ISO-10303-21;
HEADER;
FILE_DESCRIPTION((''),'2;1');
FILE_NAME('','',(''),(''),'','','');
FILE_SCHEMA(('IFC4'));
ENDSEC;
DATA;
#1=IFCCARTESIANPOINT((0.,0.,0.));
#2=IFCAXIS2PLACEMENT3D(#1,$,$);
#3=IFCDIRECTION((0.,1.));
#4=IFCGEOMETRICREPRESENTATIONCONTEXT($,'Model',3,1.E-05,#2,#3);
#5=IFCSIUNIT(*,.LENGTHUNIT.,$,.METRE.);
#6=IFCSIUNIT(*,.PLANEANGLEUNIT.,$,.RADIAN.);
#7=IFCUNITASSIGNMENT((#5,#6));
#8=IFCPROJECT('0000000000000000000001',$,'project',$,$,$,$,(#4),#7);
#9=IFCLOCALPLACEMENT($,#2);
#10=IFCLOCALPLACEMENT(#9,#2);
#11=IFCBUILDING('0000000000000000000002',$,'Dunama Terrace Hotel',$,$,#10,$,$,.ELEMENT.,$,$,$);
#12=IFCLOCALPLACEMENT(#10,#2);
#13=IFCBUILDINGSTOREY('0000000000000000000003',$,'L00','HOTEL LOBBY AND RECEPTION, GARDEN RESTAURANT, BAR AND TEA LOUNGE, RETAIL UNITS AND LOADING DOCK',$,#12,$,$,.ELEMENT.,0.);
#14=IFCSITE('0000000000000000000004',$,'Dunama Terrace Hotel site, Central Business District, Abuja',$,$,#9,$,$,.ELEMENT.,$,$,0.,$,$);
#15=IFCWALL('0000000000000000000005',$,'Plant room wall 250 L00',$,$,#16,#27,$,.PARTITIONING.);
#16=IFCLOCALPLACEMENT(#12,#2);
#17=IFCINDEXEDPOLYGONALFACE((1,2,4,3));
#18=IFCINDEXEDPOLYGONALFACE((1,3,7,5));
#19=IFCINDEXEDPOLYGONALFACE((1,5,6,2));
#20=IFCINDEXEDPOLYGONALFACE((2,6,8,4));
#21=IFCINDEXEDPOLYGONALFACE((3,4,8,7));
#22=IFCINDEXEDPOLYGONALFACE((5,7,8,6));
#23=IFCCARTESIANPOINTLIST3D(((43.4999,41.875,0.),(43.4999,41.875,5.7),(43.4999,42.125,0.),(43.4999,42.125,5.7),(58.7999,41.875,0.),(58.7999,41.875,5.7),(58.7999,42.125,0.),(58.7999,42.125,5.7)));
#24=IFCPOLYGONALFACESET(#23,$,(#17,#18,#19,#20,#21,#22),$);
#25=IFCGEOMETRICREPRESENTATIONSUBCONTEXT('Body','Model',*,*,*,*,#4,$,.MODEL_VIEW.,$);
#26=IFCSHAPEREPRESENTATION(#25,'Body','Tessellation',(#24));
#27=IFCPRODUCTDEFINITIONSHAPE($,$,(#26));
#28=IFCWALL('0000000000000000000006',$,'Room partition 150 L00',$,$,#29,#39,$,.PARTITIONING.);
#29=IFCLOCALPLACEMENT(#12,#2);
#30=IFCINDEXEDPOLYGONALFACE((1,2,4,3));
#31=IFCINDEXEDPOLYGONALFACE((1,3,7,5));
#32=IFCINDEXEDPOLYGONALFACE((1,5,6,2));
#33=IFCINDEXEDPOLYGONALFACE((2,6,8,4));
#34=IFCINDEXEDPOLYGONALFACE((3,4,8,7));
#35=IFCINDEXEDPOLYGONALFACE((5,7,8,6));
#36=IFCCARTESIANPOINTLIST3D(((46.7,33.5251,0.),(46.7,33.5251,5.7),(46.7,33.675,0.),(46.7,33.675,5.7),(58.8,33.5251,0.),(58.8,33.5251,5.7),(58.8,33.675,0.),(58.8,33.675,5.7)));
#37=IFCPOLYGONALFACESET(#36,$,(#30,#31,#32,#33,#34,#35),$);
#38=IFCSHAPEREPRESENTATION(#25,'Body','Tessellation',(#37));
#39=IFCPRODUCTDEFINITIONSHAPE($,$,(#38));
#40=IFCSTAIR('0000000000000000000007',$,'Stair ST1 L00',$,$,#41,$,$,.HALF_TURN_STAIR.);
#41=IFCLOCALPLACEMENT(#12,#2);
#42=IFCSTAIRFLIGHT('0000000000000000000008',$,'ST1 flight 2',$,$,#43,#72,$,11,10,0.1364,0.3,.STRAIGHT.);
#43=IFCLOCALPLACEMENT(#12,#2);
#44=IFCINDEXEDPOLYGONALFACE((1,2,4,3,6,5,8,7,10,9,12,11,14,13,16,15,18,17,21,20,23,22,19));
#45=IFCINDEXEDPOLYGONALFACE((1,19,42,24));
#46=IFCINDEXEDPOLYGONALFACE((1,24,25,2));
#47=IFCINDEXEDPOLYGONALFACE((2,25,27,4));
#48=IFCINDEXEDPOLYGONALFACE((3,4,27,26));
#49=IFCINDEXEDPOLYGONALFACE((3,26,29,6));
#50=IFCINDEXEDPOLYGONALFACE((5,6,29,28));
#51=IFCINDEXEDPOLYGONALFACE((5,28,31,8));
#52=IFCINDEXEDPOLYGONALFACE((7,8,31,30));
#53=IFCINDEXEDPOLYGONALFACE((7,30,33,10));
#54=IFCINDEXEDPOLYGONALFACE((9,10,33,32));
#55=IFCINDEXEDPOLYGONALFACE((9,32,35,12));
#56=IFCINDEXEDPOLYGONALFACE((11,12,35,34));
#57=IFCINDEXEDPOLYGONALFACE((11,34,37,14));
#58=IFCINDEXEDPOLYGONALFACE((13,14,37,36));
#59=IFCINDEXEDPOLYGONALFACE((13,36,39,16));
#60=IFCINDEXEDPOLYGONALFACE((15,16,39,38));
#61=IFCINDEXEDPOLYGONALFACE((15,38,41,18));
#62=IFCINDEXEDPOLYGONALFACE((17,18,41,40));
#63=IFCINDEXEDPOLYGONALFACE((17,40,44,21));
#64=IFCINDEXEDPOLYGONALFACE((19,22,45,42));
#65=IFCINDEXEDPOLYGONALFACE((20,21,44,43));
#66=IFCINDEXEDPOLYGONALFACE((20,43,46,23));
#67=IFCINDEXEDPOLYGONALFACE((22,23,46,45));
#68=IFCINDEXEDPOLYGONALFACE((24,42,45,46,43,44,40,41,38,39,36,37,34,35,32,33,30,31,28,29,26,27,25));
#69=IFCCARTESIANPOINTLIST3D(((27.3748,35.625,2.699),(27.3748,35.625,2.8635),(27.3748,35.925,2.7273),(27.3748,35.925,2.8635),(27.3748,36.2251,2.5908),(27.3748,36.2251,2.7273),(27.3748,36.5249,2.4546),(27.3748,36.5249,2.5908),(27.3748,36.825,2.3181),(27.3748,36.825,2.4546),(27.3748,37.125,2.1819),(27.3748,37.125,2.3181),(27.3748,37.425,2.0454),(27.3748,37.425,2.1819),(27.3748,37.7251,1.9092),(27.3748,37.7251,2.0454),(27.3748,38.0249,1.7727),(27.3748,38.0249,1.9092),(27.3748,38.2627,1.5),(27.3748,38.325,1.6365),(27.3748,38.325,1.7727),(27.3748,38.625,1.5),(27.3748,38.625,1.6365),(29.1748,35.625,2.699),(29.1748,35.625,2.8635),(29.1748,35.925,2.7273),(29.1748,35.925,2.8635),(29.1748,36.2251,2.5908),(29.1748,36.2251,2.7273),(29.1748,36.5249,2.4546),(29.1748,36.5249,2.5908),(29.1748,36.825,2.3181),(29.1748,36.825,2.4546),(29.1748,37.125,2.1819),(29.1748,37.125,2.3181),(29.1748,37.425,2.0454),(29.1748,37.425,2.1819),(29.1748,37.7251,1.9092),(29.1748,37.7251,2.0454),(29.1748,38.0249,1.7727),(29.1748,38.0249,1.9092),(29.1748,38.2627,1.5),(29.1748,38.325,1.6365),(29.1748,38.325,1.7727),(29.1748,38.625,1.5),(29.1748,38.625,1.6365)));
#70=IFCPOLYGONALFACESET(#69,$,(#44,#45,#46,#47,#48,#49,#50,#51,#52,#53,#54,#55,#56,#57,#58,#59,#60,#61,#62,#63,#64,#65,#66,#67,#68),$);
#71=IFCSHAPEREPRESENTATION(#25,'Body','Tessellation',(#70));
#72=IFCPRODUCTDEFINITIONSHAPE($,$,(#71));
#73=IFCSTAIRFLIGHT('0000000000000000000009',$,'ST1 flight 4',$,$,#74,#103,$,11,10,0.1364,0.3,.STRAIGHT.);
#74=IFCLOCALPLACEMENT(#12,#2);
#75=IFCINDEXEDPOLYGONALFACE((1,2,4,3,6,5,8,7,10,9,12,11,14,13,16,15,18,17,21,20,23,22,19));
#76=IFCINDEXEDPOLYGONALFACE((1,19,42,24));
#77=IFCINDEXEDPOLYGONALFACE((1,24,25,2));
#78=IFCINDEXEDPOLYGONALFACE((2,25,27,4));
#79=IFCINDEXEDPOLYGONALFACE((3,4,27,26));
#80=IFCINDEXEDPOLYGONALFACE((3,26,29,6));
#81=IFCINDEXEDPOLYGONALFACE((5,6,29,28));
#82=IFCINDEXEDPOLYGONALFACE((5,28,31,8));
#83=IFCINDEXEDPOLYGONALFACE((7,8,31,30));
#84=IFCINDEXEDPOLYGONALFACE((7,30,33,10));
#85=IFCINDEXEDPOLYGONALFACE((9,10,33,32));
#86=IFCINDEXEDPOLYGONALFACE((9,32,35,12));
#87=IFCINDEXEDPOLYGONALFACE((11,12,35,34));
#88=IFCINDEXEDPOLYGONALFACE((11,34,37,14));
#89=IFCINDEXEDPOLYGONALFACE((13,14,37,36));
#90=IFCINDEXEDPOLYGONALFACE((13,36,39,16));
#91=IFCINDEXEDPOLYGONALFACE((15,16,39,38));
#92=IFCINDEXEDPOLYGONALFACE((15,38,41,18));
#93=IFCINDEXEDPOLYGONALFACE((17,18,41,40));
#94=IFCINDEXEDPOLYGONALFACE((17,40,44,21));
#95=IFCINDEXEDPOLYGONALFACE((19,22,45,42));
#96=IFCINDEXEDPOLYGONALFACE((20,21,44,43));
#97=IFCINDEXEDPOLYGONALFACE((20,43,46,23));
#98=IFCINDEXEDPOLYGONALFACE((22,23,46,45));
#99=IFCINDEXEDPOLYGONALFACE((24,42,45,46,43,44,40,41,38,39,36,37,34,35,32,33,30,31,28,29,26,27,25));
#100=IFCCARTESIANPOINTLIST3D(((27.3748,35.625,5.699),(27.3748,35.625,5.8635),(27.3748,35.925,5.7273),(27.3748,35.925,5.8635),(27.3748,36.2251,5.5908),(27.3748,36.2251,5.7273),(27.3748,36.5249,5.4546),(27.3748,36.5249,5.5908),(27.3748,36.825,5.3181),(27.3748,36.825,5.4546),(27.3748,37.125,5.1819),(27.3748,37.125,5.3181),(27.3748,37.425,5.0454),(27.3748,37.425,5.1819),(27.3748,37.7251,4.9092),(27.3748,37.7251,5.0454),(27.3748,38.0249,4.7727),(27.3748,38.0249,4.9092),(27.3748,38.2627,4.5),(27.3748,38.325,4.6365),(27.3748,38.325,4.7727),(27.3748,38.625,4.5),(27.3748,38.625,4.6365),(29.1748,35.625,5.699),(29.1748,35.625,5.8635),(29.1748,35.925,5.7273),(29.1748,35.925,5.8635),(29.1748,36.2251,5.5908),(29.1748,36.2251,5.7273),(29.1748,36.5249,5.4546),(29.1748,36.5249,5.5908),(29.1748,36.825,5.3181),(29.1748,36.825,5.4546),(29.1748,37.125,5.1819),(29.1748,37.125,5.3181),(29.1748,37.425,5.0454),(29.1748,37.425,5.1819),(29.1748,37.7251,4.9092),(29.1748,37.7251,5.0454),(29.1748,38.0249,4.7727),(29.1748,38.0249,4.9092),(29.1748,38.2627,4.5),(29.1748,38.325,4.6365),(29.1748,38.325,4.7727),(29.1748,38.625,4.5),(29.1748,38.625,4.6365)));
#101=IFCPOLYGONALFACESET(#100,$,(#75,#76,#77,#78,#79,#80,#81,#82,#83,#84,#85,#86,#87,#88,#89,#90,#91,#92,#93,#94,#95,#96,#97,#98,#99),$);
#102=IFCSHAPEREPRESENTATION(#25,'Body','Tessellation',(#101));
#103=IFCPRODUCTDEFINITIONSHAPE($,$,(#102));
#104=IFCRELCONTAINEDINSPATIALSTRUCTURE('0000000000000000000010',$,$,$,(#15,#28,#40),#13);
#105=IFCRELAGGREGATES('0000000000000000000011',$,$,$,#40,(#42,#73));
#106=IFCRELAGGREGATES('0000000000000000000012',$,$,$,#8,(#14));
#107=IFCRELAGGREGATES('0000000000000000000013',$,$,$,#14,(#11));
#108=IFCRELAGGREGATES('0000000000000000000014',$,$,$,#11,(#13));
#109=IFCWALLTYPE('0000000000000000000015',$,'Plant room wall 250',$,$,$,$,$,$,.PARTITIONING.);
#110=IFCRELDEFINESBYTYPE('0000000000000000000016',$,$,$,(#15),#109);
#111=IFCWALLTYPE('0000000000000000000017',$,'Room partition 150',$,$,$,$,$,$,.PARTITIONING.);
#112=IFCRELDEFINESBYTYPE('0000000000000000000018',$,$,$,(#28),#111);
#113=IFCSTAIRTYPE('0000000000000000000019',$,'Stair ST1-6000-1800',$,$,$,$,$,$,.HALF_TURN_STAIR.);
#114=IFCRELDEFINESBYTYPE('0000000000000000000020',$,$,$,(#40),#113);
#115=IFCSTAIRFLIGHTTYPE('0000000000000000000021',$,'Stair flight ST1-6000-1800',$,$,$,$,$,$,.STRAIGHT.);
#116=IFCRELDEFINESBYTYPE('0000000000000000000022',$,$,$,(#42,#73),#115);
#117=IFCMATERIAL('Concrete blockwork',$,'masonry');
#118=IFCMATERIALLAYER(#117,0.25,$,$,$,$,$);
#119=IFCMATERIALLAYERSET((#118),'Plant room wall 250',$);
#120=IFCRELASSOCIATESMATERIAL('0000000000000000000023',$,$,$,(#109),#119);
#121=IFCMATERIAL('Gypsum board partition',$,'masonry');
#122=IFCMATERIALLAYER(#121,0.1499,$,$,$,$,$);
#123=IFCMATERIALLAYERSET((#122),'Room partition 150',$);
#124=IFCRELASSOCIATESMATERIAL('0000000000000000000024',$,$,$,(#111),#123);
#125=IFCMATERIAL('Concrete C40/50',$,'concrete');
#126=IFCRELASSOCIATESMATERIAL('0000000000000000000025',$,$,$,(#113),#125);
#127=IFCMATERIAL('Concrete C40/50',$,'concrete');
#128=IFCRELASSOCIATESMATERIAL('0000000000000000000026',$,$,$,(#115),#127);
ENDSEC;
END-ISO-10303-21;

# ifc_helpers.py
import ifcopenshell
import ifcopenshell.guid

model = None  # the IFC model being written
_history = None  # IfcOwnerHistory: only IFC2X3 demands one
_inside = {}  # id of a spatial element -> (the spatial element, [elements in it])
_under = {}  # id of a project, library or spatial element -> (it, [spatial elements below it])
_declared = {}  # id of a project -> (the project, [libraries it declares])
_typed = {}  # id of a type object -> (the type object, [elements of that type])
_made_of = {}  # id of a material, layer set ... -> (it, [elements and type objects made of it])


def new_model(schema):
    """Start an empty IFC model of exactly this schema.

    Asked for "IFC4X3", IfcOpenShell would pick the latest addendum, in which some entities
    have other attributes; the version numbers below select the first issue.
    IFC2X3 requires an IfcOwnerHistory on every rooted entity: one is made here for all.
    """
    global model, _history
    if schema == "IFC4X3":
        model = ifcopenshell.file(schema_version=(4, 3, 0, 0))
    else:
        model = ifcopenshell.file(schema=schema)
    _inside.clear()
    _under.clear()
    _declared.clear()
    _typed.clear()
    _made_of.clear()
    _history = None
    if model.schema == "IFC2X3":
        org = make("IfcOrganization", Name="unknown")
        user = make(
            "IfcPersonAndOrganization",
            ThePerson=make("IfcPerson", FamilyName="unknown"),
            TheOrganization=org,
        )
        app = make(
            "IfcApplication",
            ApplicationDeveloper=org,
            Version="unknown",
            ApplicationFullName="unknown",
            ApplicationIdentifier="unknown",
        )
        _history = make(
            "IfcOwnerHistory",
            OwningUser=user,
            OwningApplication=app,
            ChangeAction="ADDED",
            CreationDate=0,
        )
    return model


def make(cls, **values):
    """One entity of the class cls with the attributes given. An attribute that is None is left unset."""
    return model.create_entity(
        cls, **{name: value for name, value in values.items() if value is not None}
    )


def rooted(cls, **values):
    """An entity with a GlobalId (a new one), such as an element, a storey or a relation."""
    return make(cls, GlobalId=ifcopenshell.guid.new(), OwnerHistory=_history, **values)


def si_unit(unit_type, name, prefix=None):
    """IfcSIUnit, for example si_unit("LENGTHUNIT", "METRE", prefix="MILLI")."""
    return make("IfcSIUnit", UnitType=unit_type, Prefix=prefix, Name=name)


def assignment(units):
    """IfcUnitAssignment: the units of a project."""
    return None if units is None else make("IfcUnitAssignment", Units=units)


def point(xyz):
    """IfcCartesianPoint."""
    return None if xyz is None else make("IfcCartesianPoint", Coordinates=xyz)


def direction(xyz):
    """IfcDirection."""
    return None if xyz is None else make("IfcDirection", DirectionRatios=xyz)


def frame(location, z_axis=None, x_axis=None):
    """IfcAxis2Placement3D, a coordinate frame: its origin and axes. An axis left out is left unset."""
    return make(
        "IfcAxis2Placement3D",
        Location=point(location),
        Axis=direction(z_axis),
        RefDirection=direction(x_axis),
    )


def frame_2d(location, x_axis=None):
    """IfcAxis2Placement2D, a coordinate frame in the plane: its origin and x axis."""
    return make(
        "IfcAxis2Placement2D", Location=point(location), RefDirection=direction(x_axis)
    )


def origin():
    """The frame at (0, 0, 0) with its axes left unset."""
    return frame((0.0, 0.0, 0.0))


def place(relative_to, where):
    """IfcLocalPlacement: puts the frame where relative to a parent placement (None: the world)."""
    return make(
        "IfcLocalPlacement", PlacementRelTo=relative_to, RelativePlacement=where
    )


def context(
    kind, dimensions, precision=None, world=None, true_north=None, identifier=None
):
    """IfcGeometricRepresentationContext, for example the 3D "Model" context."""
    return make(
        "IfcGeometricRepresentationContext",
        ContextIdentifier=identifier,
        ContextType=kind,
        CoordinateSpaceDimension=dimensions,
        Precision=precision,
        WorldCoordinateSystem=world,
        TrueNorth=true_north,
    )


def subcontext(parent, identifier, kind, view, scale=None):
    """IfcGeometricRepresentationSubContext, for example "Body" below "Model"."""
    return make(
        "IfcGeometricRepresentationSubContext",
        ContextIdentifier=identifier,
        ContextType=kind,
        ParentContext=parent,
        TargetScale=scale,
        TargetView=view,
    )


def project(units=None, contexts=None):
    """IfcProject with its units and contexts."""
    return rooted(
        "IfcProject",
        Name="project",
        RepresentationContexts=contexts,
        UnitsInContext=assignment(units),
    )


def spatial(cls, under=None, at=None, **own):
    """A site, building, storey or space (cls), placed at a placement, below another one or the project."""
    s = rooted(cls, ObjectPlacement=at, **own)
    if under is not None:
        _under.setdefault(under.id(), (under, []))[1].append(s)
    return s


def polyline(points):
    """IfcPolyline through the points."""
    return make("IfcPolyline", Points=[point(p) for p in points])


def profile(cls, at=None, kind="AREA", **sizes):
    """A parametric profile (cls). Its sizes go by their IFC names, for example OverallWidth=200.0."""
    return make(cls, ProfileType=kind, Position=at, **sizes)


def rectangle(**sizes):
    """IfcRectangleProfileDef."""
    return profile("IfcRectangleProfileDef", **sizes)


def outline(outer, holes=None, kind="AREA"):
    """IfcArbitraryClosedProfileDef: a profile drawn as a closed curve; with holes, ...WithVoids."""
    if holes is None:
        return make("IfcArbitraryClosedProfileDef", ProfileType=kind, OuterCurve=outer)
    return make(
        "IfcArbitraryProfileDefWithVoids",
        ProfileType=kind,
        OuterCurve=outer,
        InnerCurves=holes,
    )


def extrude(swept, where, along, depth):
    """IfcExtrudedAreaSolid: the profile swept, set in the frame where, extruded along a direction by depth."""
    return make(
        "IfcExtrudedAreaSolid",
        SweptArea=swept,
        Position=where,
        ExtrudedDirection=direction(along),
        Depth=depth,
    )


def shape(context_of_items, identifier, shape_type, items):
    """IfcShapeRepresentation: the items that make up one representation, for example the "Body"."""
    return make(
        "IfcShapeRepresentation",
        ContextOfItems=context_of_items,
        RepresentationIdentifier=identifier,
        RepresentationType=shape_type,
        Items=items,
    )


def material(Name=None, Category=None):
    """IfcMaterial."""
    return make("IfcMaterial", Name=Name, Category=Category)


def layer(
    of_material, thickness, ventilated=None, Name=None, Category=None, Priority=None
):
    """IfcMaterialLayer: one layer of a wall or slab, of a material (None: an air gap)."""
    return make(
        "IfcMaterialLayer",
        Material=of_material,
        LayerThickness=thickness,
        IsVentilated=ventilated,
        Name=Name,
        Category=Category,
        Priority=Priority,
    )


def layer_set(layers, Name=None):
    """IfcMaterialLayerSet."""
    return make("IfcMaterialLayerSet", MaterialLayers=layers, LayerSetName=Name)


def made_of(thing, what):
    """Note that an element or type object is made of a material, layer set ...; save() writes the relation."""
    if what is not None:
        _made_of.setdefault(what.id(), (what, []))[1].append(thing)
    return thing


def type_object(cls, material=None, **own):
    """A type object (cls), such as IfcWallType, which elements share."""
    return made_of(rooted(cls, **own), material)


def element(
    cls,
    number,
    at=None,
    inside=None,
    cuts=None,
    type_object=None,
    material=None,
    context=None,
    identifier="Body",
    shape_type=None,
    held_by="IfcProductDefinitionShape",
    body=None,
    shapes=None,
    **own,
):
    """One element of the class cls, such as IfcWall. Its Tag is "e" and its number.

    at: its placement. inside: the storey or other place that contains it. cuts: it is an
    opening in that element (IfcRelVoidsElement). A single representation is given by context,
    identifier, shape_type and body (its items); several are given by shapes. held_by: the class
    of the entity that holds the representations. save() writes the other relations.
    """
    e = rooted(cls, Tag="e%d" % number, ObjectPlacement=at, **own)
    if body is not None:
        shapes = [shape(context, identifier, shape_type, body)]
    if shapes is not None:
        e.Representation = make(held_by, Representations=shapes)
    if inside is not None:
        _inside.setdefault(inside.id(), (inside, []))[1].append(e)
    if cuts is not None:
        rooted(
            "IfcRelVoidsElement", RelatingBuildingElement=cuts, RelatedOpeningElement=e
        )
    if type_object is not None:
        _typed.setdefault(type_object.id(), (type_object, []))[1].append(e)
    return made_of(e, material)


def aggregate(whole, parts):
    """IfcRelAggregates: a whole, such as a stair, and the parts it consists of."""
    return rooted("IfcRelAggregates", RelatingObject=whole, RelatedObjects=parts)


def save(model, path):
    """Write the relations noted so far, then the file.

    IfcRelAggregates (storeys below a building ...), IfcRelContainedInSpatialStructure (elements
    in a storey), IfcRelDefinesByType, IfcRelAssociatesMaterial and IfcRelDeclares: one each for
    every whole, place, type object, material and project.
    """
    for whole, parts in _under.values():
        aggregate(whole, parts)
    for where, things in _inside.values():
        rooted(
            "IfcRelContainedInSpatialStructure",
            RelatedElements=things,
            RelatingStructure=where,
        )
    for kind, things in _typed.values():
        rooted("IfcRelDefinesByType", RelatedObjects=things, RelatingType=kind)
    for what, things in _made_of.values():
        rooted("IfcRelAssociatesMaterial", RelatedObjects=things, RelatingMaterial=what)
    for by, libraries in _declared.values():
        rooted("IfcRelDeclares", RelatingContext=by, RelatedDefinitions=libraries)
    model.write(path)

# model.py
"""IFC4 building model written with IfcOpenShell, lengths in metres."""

from ifc_helpers import new_model, si_unit, direction, frame, frame_2d, origin, place, context, subcontext, project, spatial, polyline, rectangle, outline, extrude, material, layer, layer_set, type_object, element, aggregate, save


model = new_model("IFC4")

# Units and contexts
model_context = context("Model", 3, precision=1e-05, world=origin(), true_north=direction((0.0, 1.0)))
body_context = subcontext(model_context, "Body", "Model", "MODEL_VIEW")
ifc_project = project(units=[si_unit("LENGTHUNIT", "METRE"), si_unit("PLANEANGLEUNIT", "RADIAN")], contexts=[model_context])

# Site, building, storey
site_placement = place(None, origin())
site = spatial("IfcSite", under=ifc_project, at=site_placement, Name="Dunama Terrace Hotel site, Central Business District, Abuja", CompositionType="ELEMENT", RefElevation=0.0)
building_placement = place(site_placement, origin())
building = spatial("IfcBuilding", under=site, at=building_placement, Name="Dunama Terrace Hotel", CompositionType="ELEMENT")
storey_placement = place(building_placement, origin())
storey = spatial("IfcBuildingStorey", under=building, at=storey_placement, Name="L00", Description="HOTEL LOBBY AND RECEPTION, GARDEN RESTAURANT, BAR AND TEA LOUNGE, RETAIL UNITS AND LOADING DOCK", CompositionType="ELEMENT", Elevation=0.0)

# Walls
ifc_material_1 = material(Name="Concrete blockwork", Category="masonry")
ifc_layer_1 = layer(ifc_material_1, 0.25)
ifc_layer_set_1 = layer_set([ifc_layer_1], Name="Plant room wall 250")
wall_type_1 = type_object("IfcWallType", Name="Plant room wall 250", PredefinedType="PARTITIONING", material=ifc_layer_set_1)
wall_1_placement = place(storey_placement, frame((43.5, 42.0, 0.0), z_axis=(0.0, 0.0, 1.0), x_axis=(1.0, 0.0, 0.0)))
element("IfcWall", 1, at=wall_1_placement, inside=storey, type_object=wall_type_1, Name="Plant room wall 250 L00", PredefinedType="PARTITIONING", context=body_context, shape_type="SweptSolid", body=[
    extrude(rectangle(XDim=15.3, YDim=0.25, at=frame_2d((7.6499, 0.0))), origin(), (0.0, 0.0, 1.0), 5.7),
])
ifc_material_2 = material(Name="Gypsum board partition", Category="masonry")
ifc_layer_2 = layer(ifc_material_2, 0.1499)
ifc_layer_set_2 = layer_set([ifc_layer_2], Name="Room partition 150")
wall_type_2 = type_object("IfcWallType", Name="Room partition 150", PredefinedType="PARTITIONING", material=ifc_layer_set_2)
wall_2_placement = place(storey_placement, frame((46.7, 33.6001, 0.0), z_axis=(0.0, 0.0, 1.0), x_axis=(1.0, 0.0, 0.0)))
element("IfcWall", 2, at=wall_2_placement, inside=storey, type_object=wall_type_2, Name="Room partition 150 L00", PredefinedType="PARTITIONING", context=body_context, shape_type="SweptSolid", body=[
    extrude(rectangle(XDim=12.1001, YDim=0.1499, at=frame_2d((6.05, 0.0))), origin(), (0.0, 0.0, 1.0), 5.7),
])

# Stair, stair flights
ifc_material_3 = material(Name="Concrete C40/50", Category="concrete")
stair_type = type_object("IfcStairType", Name="Stair ST1-6000-1800", PredefinedType="HALF_TURN_STAIR", material=ifc_material_3)
stair_placement = place(storey_placement, origin())
stair = element("IfcStair", 3, at=stair_placement, inside=storey, type_object=stair_type, Name="Stair ST1 L00", PredefinedType="HALF_TURN_STAIR")
ifc_material_4 = material(Name="Concrete C40/50", Category="concrete")
stair_flight_type = type_object("IfcStairFlightType", Name="Stair flight ST1-6000-1800", PredefinedType="STRAIGHT", material=ifc_material_4)
stair_flight_1_placement = place(storey_placement, frame((28.2749, 38.625, 1.5), z_axis=(0.0, 0.0, 1.0), x_axis=(0.0, -1.0, 0.0)))
stair_flight_1 = element("IfcStairFlight", 4, at=stair_flight_1_placement, type_object=stair_flight_type, Name="ST1 flight 2", NumberOfRisers=11, NumberOfTreads=10, PredefinedType="STRAIGHT", RiserHeight=0.1364, TreadLength=0.3, context=body_context, shape_type="SweptSolid", body=[
    extrude(outline(polyline([(0.0, 0.0), (0.0, 0.1365), (0.3, 0.1365), (0.3, 0.2727), (0.6001, 0.2727), (0.6001, 0.4092), (0.8999, 0.4092), (0.8999, 0.5454), (1.2, 0.5454), (1.2, 0.6819), (1.5, 0.6819), (1.5, 0.8181), (1.8, 0.8181), (1.8, 0.9546), (2.1001, 0.9546), (2.1001, 1.0908), (2.3999, 1.0908), (2.3999, 1.2273), (2.7, 1.2273), (2.7, 1.3635), (3.0, 1.3635), (3.0, 1.5), (3.0, 1.199), (0.3623, 0.0), (0.0, 0.0)])), frame((0.0, 0.8999, 0.0), z_axis=(0.0, -1.0, 0.0), x_axis=(1.0, 0.0, 0.0)), (0.0, 0.0, 1.0), 1.8),
])
stair_flight_2_placement = place(storey_placement, frame((28.2749, 38.625, 4.5), z_axis=(0.0, 0.0, 1.0), x_axis=(0.0, -1.0, 0.0)))
stair_flight_2 = element("IfcStairFlight", 5, at=stair_flight_2_placement, type_object=stair_flight_type, Name="ST1 flight 4", NumberOfRisers=11, NumberOfTreads=10, PredefinedType="STRAIGHT", RiserHeight=0.1364, TreadLength=0.3, context=body_context, shape_type="SweptSolid", body=[
    extrude(outline(polyline([(0.0, 0.0), (0.0, 0.1365), (0.3, 0.1365), (0.3, 0.2727), (0.6001, 0.2727), (0.6001, 0.4092), (0.8999, 0.4092), (0.8999, 0.5454), (1.2, 0.5454), (1.2, 0.6819), (1.5, 0.6819), (1.5, 0.8181), (1.8, 0.8181), (1.8, 0.9546), (2.1001, 0.9546), (2.1001, 1.0908), (2.3999, 1.0908), (2.3999, 1.2273), (2.7, 1.2273), (2.7, 1.3635), (3.0, 1.3635), (3.0, 1.5), (3.0, 1.199), (0.3623, 0.0), (0.0, 0.0)])), frame((0.0, 0.8999, 0.0), z_axis=(0.0, -1.0, 0.0), x_axis=(1.0, 0.0, 0.0)), (0.0, 0.0, 1.0), 1.8),
])
aggregate(stair, [stair_flight_1, stair_flight_2])

save(model, "model.ifc")
